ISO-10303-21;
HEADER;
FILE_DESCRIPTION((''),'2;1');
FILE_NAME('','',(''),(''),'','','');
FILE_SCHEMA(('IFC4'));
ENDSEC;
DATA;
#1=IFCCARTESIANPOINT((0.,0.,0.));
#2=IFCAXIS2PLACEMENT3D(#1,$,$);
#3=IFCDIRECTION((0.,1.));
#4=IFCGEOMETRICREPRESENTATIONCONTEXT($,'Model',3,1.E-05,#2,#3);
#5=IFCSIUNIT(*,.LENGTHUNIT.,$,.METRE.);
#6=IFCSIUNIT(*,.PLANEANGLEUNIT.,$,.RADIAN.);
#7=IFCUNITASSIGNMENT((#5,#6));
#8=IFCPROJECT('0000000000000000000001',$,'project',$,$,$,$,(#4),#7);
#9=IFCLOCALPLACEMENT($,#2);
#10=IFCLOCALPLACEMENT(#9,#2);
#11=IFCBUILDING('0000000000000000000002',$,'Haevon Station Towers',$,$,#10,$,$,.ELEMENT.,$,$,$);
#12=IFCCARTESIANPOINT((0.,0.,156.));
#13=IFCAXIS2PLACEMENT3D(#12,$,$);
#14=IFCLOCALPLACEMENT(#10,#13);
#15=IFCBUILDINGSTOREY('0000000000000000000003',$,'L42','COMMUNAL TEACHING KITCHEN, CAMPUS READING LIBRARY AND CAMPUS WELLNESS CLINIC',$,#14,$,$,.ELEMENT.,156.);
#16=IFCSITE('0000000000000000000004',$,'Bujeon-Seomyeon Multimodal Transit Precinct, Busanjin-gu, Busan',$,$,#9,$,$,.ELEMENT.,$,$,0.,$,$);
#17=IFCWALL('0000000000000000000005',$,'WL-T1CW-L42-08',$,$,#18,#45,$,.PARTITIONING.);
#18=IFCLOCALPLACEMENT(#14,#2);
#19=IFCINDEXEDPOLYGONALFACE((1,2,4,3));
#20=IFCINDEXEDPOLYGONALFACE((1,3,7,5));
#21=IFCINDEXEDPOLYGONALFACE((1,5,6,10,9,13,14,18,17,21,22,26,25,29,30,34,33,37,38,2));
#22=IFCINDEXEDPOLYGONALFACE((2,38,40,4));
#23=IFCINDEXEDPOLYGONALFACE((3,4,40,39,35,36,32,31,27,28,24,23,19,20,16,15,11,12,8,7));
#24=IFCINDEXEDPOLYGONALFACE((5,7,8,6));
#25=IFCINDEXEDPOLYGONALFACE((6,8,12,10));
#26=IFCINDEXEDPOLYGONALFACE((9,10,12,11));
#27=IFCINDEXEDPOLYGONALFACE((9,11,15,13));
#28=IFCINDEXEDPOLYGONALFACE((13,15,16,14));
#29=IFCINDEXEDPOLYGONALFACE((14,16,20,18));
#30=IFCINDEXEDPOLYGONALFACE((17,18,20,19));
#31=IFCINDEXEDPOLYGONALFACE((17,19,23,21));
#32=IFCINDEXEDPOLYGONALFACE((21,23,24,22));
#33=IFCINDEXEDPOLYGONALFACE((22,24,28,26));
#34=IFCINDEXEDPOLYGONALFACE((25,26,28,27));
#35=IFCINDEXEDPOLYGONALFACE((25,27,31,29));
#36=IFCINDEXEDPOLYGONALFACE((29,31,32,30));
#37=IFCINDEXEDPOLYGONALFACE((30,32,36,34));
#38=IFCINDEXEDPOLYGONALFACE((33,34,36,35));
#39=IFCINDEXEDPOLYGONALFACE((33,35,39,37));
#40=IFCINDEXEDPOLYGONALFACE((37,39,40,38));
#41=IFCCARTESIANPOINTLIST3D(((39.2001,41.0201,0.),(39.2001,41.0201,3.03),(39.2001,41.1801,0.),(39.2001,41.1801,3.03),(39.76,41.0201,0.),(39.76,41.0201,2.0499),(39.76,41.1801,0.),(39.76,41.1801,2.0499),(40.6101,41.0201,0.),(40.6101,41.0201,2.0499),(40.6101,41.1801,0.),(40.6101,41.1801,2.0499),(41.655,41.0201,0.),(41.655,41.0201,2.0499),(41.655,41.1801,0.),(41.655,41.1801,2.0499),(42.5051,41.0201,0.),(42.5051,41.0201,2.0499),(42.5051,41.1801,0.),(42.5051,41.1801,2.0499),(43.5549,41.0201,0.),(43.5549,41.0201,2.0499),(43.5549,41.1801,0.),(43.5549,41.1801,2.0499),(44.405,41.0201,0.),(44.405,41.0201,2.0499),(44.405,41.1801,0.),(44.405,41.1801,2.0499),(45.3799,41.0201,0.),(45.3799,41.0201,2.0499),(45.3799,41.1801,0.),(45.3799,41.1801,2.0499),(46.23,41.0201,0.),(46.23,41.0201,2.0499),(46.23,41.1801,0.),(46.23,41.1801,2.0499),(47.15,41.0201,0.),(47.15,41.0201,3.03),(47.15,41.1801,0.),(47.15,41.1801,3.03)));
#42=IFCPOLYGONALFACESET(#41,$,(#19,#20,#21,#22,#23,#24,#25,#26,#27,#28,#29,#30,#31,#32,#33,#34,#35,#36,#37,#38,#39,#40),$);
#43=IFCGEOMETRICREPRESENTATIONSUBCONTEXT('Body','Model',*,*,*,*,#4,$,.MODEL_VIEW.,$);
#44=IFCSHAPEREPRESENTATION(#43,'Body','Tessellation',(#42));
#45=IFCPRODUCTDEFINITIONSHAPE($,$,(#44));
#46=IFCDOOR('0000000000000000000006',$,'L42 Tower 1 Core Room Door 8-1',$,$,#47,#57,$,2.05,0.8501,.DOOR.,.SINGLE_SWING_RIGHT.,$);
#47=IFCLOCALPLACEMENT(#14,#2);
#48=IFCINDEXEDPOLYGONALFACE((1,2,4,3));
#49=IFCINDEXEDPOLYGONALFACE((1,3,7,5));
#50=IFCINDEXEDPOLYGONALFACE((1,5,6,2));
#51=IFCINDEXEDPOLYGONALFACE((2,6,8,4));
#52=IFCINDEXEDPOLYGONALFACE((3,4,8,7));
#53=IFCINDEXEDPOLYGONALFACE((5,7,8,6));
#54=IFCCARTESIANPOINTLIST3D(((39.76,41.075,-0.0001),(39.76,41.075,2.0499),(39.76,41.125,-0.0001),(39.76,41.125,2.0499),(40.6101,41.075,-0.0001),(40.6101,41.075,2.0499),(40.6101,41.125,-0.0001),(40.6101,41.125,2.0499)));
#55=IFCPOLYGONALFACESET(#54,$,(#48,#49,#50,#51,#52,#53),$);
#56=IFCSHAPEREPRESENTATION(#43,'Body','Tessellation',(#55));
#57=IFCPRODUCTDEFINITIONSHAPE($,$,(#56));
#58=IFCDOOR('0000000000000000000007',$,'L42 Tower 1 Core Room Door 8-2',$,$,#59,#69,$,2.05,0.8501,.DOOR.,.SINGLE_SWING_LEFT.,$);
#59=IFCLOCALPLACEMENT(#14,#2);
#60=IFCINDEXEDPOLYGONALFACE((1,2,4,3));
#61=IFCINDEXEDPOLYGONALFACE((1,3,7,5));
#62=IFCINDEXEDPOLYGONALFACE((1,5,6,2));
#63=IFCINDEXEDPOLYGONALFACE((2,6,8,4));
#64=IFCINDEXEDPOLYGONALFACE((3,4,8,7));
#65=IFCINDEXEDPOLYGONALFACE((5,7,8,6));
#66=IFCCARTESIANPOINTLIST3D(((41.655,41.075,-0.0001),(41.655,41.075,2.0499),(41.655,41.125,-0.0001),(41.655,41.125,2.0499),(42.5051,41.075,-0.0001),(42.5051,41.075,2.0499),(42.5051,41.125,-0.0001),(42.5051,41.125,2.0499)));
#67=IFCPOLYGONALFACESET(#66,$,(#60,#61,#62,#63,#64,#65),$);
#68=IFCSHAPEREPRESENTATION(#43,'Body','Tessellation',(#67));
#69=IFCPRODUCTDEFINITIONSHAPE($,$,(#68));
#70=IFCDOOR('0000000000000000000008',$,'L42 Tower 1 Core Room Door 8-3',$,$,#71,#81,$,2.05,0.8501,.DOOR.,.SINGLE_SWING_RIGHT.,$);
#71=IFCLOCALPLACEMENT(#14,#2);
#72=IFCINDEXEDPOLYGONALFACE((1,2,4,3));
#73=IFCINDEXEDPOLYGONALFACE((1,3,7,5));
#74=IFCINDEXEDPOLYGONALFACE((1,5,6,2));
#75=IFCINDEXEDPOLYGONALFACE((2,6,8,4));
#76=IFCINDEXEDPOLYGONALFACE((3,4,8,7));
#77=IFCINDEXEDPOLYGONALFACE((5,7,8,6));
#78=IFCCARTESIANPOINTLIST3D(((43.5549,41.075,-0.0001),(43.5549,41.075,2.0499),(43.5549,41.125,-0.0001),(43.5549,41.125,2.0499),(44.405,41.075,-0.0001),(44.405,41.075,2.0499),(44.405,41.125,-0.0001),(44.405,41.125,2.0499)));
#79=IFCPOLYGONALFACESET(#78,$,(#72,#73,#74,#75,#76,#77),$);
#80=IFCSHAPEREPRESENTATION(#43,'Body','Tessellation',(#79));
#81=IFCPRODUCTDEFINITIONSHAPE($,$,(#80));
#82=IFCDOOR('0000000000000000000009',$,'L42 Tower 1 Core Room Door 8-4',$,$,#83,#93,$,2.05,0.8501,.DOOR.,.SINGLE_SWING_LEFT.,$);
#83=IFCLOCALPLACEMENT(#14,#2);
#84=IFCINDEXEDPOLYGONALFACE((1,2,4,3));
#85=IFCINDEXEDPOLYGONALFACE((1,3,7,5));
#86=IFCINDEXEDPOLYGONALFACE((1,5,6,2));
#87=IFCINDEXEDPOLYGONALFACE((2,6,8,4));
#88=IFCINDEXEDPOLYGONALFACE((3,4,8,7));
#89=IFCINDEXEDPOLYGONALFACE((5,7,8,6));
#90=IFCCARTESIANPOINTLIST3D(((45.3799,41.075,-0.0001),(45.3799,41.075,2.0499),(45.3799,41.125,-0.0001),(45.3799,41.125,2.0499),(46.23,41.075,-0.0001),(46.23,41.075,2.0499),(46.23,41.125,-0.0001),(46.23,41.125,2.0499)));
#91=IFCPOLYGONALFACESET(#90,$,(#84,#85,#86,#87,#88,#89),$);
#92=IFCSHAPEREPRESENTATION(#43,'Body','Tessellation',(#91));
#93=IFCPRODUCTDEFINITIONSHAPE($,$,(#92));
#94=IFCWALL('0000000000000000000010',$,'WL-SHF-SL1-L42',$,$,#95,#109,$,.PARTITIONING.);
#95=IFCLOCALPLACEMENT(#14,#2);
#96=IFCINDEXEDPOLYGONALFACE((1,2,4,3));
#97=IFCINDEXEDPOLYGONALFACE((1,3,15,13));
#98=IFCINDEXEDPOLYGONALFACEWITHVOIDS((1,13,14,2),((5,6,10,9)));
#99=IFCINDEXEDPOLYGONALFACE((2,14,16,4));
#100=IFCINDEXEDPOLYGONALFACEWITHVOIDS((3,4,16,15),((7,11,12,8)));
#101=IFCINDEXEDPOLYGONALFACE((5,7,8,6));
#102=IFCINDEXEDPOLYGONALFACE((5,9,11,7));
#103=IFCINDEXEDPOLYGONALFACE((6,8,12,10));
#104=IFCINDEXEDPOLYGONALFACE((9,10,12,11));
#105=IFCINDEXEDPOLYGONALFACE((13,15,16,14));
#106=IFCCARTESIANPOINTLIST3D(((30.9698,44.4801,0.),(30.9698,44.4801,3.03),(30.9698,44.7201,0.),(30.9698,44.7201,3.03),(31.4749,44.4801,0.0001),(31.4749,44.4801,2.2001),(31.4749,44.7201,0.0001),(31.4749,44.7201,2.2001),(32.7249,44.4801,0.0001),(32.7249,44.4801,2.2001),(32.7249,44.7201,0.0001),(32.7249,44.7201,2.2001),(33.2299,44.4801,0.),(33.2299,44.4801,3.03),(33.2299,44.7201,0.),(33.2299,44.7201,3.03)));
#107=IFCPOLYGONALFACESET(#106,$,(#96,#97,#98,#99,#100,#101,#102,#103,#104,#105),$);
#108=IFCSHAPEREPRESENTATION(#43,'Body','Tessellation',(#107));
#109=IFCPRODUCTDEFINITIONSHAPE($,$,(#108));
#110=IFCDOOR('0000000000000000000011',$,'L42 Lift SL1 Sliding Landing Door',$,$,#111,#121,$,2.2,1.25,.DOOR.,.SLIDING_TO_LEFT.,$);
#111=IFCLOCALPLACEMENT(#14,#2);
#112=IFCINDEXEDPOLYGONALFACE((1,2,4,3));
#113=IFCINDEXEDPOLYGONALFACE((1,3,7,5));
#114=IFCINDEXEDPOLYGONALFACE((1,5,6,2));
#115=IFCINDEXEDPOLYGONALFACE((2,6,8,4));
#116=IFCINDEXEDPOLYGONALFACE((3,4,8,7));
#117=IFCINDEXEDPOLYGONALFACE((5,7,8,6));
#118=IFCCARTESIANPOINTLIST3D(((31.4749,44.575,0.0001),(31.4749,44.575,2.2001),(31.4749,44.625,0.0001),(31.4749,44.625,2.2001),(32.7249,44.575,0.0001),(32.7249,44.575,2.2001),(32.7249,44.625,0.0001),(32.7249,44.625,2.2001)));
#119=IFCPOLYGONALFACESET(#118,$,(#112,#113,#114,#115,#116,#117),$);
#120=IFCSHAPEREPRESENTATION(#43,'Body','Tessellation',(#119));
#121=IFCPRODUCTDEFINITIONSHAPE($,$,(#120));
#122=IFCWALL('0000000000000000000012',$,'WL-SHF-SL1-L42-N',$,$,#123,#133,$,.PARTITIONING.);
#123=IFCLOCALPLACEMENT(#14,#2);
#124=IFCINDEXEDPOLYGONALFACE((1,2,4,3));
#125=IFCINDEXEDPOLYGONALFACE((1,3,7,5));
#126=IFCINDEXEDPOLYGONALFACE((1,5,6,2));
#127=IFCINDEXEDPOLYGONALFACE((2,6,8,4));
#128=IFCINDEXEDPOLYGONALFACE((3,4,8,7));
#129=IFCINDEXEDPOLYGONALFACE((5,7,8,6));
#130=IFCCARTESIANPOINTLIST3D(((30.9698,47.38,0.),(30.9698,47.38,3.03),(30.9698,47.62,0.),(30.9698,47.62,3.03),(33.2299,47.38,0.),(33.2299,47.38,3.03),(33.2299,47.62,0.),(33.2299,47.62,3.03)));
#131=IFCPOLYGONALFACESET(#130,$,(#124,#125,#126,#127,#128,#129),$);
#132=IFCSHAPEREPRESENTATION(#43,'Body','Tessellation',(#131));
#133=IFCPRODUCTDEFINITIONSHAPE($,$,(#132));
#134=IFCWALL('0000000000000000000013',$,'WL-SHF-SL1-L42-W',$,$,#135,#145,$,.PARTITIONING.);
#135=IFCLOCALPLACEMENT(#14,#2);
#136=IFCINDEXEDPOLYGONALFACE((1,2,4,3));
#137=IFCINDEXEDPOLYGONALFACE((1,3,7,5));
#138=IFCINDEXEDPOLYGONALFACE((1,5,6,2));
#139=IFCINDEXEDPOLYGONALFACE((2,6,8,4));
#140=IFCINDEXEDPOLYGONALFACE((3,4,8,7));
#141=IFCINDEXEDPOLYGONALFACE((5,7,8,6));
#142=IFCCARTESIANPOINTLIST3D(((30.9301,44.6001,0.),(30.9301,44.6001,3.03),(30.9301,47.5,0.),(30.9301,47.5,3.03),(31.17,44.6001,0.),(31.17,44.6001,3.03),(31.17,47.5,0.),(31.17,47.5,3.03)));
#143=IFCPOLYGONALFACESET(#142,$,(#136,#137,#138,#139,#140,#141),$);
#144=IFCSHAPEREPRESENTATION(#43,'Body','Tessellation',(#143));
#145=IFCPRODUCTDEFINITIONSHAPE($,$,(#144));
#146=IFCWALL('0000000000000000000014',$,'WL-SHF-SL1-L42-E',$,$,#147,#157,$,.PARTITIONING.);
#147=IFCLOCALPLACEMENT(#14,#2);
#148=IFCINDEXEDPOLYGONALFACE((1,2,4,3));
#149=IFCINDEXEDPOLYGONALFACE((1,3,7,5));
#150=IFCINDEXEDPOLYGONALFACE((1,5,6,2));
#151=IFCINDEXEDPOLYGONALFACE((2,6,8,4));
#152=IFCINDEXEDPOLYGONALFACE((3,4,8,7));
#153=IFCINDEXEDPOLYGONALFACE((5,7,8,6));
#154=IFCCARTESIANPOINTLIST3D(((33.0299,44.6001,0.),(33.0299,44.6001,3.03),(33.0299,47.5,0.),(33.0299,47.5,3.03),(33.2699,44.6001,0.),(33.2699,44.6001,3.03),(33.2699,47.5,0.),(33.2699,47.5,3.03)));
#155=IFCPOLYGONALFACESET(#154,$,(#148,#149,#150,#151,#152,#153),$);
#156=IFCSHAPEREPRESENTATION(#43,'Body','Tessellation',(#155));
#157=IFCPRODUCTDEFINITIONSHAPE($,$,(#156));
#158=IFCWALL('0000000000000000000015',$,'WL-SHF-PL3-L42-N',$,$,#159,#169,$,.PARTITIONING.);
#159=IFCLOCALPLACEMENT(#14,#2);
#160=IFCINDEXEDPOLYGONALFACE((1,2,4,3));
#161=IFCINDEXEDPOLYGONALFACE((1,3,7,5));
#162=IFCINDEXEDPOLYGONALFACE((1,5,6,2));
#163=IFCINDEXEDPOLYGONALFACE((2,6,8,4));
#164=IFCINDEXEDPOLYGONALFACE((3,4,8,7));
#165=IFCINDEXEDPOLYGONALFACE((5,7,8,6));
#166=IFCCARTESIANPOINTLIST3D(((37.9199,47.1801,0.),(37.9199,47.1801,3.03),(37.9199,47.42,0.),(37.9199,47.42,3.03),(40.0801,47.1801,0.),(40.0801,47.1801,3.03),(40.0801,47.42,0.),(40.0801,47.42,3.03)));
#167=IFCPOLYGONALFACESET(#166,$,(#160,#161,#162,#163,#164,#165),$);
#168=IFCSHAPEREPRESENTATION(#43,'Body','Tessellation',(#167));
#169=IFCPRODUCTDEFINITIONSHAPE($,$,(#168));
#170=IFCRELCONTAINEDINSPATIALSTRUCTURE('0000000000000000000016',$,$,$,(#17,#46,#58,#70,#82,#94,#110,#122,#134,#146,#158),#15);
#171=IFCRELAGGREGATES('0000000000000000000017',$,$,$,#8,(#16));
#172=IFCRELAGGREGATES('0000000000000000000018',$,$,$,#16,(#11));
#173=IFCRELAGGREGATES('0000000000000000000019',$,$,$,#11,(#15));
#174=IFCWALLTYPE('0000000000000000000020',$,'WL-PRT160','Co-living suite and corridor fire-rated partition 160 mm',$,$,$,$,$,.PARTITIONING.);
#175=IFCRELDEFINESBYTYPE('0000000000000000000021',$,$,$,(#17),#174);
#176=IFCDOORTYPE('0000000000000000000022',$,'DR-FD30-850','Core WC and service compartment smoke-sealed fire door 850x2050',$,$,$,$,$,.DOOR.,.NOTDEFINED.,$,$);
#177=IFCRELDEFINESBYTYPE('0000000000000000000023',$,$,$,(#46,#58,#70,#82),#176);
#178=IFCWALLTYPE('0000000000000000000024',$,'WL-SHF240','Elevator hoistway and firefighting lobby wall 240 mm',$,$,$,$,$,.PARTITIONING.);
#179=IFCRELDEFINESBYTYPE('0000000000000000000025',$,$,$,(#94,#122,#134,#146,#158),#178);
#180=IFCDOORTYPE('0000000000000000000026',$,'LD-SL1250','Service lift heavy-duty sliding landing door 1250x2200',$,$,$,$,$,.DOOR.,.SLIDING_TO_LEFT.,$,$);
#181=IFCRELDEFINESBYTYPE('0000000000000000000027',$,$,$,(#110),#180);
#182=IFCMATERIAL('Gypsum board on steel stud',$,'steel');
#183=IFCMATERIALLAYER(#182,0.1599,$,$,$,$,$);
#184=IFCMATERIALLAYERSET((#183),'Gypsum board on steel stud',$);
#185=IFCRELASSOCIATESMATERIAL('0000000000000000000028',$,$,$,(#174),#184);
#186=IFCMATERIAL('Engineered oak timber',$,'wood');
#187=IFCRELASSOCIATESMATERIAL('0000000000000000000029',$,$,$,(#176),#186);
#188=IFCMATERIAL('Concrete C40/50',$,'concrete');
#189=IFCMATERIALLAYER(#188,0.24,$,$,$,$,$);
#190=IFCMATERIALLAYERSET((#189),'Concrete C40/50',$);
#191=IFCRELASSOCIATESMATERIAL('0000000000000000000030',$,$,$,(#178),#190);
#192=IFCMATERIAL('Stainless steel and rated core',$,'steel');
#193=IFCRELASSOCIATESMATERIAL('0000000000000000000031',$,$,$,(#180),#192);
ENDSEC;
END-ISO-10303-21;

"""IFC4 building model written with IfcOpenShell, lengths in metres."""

from ifc_helpers import new_model, si_unit, direction, frame, frame_2d, origin, place, context, subcontext, project, spatial, rectangle, extrude, material, layer, layer_set, type_object, element, fill, save


model = new_model("IFC4")

# Units and contexts
model_context = context("Model", 3, precision=1e-05, world=origin(), true_north=direction((0.0, 1.0)))
body_context = subcontext(model_context, "Body", "Model", "MODEL_VIEW")
ifc_project = project(units=[si_unit("LENGTHUNIT", "METRE"), si_unit("PLANEANGLEUNIT", "RADIAN")], contexts=[model_context])

# Site, building, storey
site_placement = place(None, origin())
site = spatial("IfcSite", under=ifc_project, at=site_placement, Name="Bujeon-Seomyeon Multimodal Transit Precinct, Busanjin-gu, Busan", CompositionType="ELEMENT", RefElevation=0.0)
building_placement = place(site_placement, origin())
building = spatial("IfcBuilding", under=site, at=building_placement, Name="Haevon Station Towers", CompositionType="ELEMENT")
storey_placement = place(building_placement, frame((0.0, 0.0, 156.0)))
storey = spatial("IfcBuildingStorey", under=building, at=storey_placement, Name="L42", Description="COMMUNAL TEACHING KITCHEN, CAMPUS READING LIBRARY AND CAMPUS WELLNESS CLINIC", CompositionType="ELEMENT", Elevation=156.0)

# Shared definitions
ifc_material_1 = material(Name="Gypsum board on steel stud", Category="steel")
ifc_layer_1 = layer(ifc_material_1, 0.1599)
ifc_layer_set_1 = layer_set([ifc_layer_1], Name="Gypsum board on steel stud")
wall_type_1 = type_object("IfcWallType", Name="WL-PRT160", Description="Co-living suite and corridor fire-rated partition 160 mm", PredefinedType="PARTITIONING", material=ifc_layer_set_1)
ifc_material_2 = material(Name="Engineered oak timber", Category="wood")

# Wall, openings, doors
wall_1_placement = place(storey_placement, frame((39.2, 41.1001, 0.0), z_axis=(0.0, 0.0, 1.0), x_axis=(1.0, 0.0, 0.0)))
wall_1 = element("IfcWall", 1, at=wall_1_placement, inside=storey, type_object=wall_type_1, Name="WL-T1CW-L42-08", PredefinedType="PARTITIONING", context=body_context, shape_type="SweptSolid", body=[
    extrude(rectangle(XDim=7.95, YDim=0.1599, at=frame_2d((3.9751, 0.0))), origin(), (0.0, 0.0, 1.0), 3.03),
])
opening_1_placement = place(wall_1_placement, frame((0.5601, 0.0, 0.0)))
opening_1 = element("IfcOpeningElement", 2, at=opening_1_placement, cuts=wall_1, PredefinedType="OPENING", context=body_context, shape_type="SweptSolid", body=[
    extrude(rectangle(XDim=0.8501, YDim=2.05, at=frame_2d((0.425, 1.0249))), frame((0.0, 0.0898, 0.0), z_axis=(0.0, -1.0, 0.0), x_axis=(1.0, 0.0, 0.0)), (0.0, 0.0, 1.0), 0.1799),
])
opening_2_placement = place(wall_1_placement, frame((2.4551, 0.0, 0.0)))
opening_2 = element("IfcOpeningElement", 3, at=opening_2_placement, cuts=wall_1, PredefinedType="OPENING", context=body_context, shape_type="SweptSolid", body=[
    extrude(rectangle(XDim=0.8501, YDim=2.05, at=frame_2d((0.425, 1.0249))), frame((0.0, 0.0898, 0.0), z_axis=(0.0, -1.0, 0.0), x_axis=(1.0, 0.0, 0.0)), (0.0, 0.0, 1.0), 0.1799),
])
opening_3_placement = place(wall_1_placement, frame((4.355, 0.0, 0.0)))
opening_3 = element("IfcOpeningElement", 4, at=opening_3_placement, cuts=wall_1, PredefinedType="OPENING", context=body_context, shape_type="SweptSolid", body=[
    extrude(rectangle(XDim=0.8501, YDim=2.05, at=frame_2d((0.425, 1.0249))), frame((0.0, 0.0898, 0.0), z_axis=(0.0, -1.0, 0.0), x_axis=(1.0, 0.0, 0.0)), (0.0, 0.0, 1.0), 0.1799),
])
opening_4_placement = place(wall_1_placement, frame((6.1799, 0.0, 0.0)))
opening_4 = element("IfcOpeningElement", 5, at=opening_4_placement, cuts=wall_1, PredefinedType="OPENING", context=body_context, shape_type="SweptSolid", body=[
    extrude(rectangle(XDim=0.8501, YDim=2.05, at=frame_2d((0.425, 1.0249))), frame((0.0, 0.0898, 0.0), z_axis=(0.0, -1.0, 0.0), x_axis=(1.0, 0.0, 0.0)), (0.0, 0.0, 1.0), 0.1799),
])
door_type_1 = type_object("IfcDoorType", Name="DR-FD30-850", Description="Core WC and service compartment smoke-sealed fire door 850x2050", OperationType="NOTDEFINED", PredefinedType="DOOR", material=ifc_material_2)
door_1_placement = place(opening_1_placement, origin())
door_1 = element("IfcDoor", 6, at=door_1_placement, inside=storey, type_object=door_type_1, Name="L42 Tower 1 Core Room Door 8-1", OperationType="SINGLE_SWING_RIGHT", OverallHeight=2.05, OverallWidth=0.8501, PredefinedType="DOOR", context=body_context, shape_type="SweptSolid", body=[
    extrude(rectangle(XDim=0.8501, YDim=2.05, at=frame_2d((0.425, 1.0249))), frame((0.0, 0.0249, 0.0), z_axis=(0.0, -1.0, 0.0), x_axis=(1.0, 0.0, 0.0)), (0.0, 0.0, 1.0), 0.05),
])
fill(opening_1, door_1)
door_2_placement = place(opening_2_placement, origin())
door_2 = element("IfcDoor", 7, at=door_2_placement, inside=storey, type_object=door_type_1, Name="L42 Tower 1 Core Room Door 8-2", OperationType="SINGLE_SWING_LEFT", OverallHeight=2.05, OverallWidth=0.8501, PredefinedType="DOOR", context=body_context, shape_type="SweptSolid", body=[
    extrude(rectangle(XDim=0.8501, YDim=2.05, at=frame_2d((0.425, 1.0249))), frame((0.0, 0.0249, 0.0), z_axis=(0.0, -1.0, 0.0), x_axis=(1.0, 0.0, 0.0)), (0.0, 0.0, 1.0), 0.05),
])
fill(opening_2, door_2)
door_3_placement = place(opening_3_placement, origin())
door_3 = element("IfcDoor", 8, at=door_3_placement, inside=storey, type_object=door_type_1, Name="L42 Tower 1 Core Room Door 8-3", OperationType="SINGLE_SWING_RIGHT", OverallHeight=2.05, OverallWidth=0.8501, PredefinedType="DOOR", context=body_context, shape_type="SweptSolid", body=[
    extrude(rectangle(XDim=0.8501, YDim=2.05, at=frame_2d((0.425, 1.0249))), frame((0.0, 0.0249, 0.0), z_axis=(0.0, -1.0, 0.0), x_axis=(1.0, 0.0, 0.0)), (0.0, 0.0, 1.0), 0.05),
])
fill(opening_3, door_3)
door_4_placement = place(opening_4_placement, origin())
door_4 = element("IfcDoor", 9, at=door_4_placement, inside=storey, type_object=door_type_1, Name="L42 Tower 1 Core Room Door 8-4", OperationType="SINGLE_SWING_LEFT", OverallHeight=2.05, OverallWidth=0.8501, PredefinedType="DOOR", context=body_context, shape_type="SweptSolid", body=[
    extrude(rectangle(XDim=0.8501, YDim=2.05, at=frame_2d((0.425, 1.0249))), frame((0.0, 0.0249, 0.0), z_axis=(0.0, -1.0, 0.0), x_axis=(1.0, 0.0, 0.0)), (0.0, 0.0, 1.0), 0.05),
])
fill(opening_4, door_4)

# Wall, opening, door
ifc_material_3 = material(Name="Concrete C40/50", Category="concrete")
ifc_layer_2 = layer(ifc_material_3, 0.24)
ifc_layer_set_2 = layer_set([ifc_layer_2], Name="Concrete C40/50")
wall_type_2 = type_object("IfcWallType", Name="WL-SHF240", Description="Elevator hoistway and firefighting lobby wall 240 mm", PredefinedType="PARTITIONING", material=ifc_layer_set_2)
wall_2_placement = place(storey_placement, frame((30.97, 44.6001, 0.0), z_axis=(0.0, 0.0, 1.0), x_axis=(1.0, 0.0, 0.0)))
wall_2 = element("IfcWall", 10, at=wall_2_placement, inside=storey, type_object=wall_type_2, Name="WL-SHF-SL1-L42", PredefinedType="PARTITIONING", context=body_context, shape_type="SweptSolid", body=[
    extrude(rectangle(XDim=2.26, YDim=0.24, at=frame_2d((1.1299, 0.0))), origin(), (0.0, 0.0, 1.0), 3.03),
])
opening_5_placement = place(wall_2_placement, frame((0.5049, 0.0, 0.0)))
opening_5 = element("IfcOpeningElement", 11, at=opening_5_placement, cuts=wall_2, PredefinedType="OPENING", context=body_context, shape_type="SweptSolid", body=[
    extrude(rectangle(XDim=1.25, YDim=2.2, at=frame_2d((0.625, 1.1001))), frame((0.0, 0.1299, 0.0), z_axis=(0.0, -1.0, 0.0), x_axis=(1.0, 0.0, 0.0)), (0.0, 0.0, 1.0), 0.26),
])
ifc_material_4 = material(Name="Stainless steel and rated core", Category="steel")
door_type_2 = type_object("IfcDoorType", Name="LD-SL1250", Description="Service lift heavy-duty sliding landing door 1250x2200", OperationType="SLIDING_TO_LEFT", PredefinedType="DOOR", material=ifc_material_4)
door_5_placement = place(opening_5_placement, origin())
door_5 = element("IfcDoor", 12, at=door_5_placement, inside=storey, type_object=door_type_2, Name="L42 Lift SL1 Sliding Landing Door", OperationType="SLIDING_TO_LEFT", OverallHeight=2.2, OverallWidth=1.25, PredefinedType="DOOR", context=body_context, shape_type="SweptSolid", body=[
    extrude(rectangle(XDim=1.25, YDim=2.2, at=frame_2d((0.625, 1.1001))), frame((0.0, 0.0249, 0.0), z_axis=(0.0, -1.0, 0.0), x_axis=(1.0, 0.0, 0.0)), (0.0, 0.0, 1.0), 0.05),
])
fill(opening_5, door_5)

# Walls
wall_3_placement = place(storey_placement, frame((30.97, 47.5, 0.0), z_axis=(0.0, 0.0, 1.0), x_axis=(1.0, 0.0, 0.0)))
element("IfcWall", 13, at=wall_3_placement, inside=storey, type_object=wall_type_2, Name="WL-SHF-SL1-L42-N", PredefinedType="PARTITIONING", context=body_context, shape_type="SweptSolid", body=[
    extrude(rectangle(XDim=2.26, YDim=0.24, at=frame_2d((1.1299, 0.0))), origin(), (0.0, 0.0, 1.0), 3.03),
])
for number, where, z_axis, x_axis, name in (
    (14, (31.05, 44.6001, 0.0), (0.0, 0.0, 1.0), (0.0, 1.0, 0.0), "WL-SHF-SL1-L42-W"),
    (15, (33.1499, 44.6001, 0.0), (0.0, 0.0, 1.0), (0.0, 1.0, 0.0), "WL-SHF-SL1-L42-E"),
):
    element("IfcWall", number, at=place(storey_placement, frame(where, z_axis=z_axis, x_axis=x_axis)), inside=storey, type_object=wall_type_2, Name=name, PredefinedType="PARTITIONING", context=body_context, shape_type="SweptSolid", body=[
        extrude(rectangle(XDim=2.8999, YDim=0.24, at=frame_2d((1.45, 0.0))), origin(), (0.0, 0.0, 1.0), 3.03),
    ])

# Wall
wall_4_placement = place(storey_placement, frame((37.9199, 47.3, 0.0), z_axis=(0.0, 0.0, 1.0), x_axis=(1.0, 0.0, 0.0)))
element("IfcWall", 16, at=wall_4_placement, inside=storey, type_object=wall_type_2, Name="WL-SHF-PL3-L42-N", PredefinedType="PARTITIONING", context=body_context, shape_type="SweptSolid", body=[
    extrude(rectangle(XDim=2.1602, YDim=0.24, at=frame_2d((1.0801, 0.0))), origin(), (0.0, 0.0, 1.0), 3.03),
])

save(model, "model.ifc")
